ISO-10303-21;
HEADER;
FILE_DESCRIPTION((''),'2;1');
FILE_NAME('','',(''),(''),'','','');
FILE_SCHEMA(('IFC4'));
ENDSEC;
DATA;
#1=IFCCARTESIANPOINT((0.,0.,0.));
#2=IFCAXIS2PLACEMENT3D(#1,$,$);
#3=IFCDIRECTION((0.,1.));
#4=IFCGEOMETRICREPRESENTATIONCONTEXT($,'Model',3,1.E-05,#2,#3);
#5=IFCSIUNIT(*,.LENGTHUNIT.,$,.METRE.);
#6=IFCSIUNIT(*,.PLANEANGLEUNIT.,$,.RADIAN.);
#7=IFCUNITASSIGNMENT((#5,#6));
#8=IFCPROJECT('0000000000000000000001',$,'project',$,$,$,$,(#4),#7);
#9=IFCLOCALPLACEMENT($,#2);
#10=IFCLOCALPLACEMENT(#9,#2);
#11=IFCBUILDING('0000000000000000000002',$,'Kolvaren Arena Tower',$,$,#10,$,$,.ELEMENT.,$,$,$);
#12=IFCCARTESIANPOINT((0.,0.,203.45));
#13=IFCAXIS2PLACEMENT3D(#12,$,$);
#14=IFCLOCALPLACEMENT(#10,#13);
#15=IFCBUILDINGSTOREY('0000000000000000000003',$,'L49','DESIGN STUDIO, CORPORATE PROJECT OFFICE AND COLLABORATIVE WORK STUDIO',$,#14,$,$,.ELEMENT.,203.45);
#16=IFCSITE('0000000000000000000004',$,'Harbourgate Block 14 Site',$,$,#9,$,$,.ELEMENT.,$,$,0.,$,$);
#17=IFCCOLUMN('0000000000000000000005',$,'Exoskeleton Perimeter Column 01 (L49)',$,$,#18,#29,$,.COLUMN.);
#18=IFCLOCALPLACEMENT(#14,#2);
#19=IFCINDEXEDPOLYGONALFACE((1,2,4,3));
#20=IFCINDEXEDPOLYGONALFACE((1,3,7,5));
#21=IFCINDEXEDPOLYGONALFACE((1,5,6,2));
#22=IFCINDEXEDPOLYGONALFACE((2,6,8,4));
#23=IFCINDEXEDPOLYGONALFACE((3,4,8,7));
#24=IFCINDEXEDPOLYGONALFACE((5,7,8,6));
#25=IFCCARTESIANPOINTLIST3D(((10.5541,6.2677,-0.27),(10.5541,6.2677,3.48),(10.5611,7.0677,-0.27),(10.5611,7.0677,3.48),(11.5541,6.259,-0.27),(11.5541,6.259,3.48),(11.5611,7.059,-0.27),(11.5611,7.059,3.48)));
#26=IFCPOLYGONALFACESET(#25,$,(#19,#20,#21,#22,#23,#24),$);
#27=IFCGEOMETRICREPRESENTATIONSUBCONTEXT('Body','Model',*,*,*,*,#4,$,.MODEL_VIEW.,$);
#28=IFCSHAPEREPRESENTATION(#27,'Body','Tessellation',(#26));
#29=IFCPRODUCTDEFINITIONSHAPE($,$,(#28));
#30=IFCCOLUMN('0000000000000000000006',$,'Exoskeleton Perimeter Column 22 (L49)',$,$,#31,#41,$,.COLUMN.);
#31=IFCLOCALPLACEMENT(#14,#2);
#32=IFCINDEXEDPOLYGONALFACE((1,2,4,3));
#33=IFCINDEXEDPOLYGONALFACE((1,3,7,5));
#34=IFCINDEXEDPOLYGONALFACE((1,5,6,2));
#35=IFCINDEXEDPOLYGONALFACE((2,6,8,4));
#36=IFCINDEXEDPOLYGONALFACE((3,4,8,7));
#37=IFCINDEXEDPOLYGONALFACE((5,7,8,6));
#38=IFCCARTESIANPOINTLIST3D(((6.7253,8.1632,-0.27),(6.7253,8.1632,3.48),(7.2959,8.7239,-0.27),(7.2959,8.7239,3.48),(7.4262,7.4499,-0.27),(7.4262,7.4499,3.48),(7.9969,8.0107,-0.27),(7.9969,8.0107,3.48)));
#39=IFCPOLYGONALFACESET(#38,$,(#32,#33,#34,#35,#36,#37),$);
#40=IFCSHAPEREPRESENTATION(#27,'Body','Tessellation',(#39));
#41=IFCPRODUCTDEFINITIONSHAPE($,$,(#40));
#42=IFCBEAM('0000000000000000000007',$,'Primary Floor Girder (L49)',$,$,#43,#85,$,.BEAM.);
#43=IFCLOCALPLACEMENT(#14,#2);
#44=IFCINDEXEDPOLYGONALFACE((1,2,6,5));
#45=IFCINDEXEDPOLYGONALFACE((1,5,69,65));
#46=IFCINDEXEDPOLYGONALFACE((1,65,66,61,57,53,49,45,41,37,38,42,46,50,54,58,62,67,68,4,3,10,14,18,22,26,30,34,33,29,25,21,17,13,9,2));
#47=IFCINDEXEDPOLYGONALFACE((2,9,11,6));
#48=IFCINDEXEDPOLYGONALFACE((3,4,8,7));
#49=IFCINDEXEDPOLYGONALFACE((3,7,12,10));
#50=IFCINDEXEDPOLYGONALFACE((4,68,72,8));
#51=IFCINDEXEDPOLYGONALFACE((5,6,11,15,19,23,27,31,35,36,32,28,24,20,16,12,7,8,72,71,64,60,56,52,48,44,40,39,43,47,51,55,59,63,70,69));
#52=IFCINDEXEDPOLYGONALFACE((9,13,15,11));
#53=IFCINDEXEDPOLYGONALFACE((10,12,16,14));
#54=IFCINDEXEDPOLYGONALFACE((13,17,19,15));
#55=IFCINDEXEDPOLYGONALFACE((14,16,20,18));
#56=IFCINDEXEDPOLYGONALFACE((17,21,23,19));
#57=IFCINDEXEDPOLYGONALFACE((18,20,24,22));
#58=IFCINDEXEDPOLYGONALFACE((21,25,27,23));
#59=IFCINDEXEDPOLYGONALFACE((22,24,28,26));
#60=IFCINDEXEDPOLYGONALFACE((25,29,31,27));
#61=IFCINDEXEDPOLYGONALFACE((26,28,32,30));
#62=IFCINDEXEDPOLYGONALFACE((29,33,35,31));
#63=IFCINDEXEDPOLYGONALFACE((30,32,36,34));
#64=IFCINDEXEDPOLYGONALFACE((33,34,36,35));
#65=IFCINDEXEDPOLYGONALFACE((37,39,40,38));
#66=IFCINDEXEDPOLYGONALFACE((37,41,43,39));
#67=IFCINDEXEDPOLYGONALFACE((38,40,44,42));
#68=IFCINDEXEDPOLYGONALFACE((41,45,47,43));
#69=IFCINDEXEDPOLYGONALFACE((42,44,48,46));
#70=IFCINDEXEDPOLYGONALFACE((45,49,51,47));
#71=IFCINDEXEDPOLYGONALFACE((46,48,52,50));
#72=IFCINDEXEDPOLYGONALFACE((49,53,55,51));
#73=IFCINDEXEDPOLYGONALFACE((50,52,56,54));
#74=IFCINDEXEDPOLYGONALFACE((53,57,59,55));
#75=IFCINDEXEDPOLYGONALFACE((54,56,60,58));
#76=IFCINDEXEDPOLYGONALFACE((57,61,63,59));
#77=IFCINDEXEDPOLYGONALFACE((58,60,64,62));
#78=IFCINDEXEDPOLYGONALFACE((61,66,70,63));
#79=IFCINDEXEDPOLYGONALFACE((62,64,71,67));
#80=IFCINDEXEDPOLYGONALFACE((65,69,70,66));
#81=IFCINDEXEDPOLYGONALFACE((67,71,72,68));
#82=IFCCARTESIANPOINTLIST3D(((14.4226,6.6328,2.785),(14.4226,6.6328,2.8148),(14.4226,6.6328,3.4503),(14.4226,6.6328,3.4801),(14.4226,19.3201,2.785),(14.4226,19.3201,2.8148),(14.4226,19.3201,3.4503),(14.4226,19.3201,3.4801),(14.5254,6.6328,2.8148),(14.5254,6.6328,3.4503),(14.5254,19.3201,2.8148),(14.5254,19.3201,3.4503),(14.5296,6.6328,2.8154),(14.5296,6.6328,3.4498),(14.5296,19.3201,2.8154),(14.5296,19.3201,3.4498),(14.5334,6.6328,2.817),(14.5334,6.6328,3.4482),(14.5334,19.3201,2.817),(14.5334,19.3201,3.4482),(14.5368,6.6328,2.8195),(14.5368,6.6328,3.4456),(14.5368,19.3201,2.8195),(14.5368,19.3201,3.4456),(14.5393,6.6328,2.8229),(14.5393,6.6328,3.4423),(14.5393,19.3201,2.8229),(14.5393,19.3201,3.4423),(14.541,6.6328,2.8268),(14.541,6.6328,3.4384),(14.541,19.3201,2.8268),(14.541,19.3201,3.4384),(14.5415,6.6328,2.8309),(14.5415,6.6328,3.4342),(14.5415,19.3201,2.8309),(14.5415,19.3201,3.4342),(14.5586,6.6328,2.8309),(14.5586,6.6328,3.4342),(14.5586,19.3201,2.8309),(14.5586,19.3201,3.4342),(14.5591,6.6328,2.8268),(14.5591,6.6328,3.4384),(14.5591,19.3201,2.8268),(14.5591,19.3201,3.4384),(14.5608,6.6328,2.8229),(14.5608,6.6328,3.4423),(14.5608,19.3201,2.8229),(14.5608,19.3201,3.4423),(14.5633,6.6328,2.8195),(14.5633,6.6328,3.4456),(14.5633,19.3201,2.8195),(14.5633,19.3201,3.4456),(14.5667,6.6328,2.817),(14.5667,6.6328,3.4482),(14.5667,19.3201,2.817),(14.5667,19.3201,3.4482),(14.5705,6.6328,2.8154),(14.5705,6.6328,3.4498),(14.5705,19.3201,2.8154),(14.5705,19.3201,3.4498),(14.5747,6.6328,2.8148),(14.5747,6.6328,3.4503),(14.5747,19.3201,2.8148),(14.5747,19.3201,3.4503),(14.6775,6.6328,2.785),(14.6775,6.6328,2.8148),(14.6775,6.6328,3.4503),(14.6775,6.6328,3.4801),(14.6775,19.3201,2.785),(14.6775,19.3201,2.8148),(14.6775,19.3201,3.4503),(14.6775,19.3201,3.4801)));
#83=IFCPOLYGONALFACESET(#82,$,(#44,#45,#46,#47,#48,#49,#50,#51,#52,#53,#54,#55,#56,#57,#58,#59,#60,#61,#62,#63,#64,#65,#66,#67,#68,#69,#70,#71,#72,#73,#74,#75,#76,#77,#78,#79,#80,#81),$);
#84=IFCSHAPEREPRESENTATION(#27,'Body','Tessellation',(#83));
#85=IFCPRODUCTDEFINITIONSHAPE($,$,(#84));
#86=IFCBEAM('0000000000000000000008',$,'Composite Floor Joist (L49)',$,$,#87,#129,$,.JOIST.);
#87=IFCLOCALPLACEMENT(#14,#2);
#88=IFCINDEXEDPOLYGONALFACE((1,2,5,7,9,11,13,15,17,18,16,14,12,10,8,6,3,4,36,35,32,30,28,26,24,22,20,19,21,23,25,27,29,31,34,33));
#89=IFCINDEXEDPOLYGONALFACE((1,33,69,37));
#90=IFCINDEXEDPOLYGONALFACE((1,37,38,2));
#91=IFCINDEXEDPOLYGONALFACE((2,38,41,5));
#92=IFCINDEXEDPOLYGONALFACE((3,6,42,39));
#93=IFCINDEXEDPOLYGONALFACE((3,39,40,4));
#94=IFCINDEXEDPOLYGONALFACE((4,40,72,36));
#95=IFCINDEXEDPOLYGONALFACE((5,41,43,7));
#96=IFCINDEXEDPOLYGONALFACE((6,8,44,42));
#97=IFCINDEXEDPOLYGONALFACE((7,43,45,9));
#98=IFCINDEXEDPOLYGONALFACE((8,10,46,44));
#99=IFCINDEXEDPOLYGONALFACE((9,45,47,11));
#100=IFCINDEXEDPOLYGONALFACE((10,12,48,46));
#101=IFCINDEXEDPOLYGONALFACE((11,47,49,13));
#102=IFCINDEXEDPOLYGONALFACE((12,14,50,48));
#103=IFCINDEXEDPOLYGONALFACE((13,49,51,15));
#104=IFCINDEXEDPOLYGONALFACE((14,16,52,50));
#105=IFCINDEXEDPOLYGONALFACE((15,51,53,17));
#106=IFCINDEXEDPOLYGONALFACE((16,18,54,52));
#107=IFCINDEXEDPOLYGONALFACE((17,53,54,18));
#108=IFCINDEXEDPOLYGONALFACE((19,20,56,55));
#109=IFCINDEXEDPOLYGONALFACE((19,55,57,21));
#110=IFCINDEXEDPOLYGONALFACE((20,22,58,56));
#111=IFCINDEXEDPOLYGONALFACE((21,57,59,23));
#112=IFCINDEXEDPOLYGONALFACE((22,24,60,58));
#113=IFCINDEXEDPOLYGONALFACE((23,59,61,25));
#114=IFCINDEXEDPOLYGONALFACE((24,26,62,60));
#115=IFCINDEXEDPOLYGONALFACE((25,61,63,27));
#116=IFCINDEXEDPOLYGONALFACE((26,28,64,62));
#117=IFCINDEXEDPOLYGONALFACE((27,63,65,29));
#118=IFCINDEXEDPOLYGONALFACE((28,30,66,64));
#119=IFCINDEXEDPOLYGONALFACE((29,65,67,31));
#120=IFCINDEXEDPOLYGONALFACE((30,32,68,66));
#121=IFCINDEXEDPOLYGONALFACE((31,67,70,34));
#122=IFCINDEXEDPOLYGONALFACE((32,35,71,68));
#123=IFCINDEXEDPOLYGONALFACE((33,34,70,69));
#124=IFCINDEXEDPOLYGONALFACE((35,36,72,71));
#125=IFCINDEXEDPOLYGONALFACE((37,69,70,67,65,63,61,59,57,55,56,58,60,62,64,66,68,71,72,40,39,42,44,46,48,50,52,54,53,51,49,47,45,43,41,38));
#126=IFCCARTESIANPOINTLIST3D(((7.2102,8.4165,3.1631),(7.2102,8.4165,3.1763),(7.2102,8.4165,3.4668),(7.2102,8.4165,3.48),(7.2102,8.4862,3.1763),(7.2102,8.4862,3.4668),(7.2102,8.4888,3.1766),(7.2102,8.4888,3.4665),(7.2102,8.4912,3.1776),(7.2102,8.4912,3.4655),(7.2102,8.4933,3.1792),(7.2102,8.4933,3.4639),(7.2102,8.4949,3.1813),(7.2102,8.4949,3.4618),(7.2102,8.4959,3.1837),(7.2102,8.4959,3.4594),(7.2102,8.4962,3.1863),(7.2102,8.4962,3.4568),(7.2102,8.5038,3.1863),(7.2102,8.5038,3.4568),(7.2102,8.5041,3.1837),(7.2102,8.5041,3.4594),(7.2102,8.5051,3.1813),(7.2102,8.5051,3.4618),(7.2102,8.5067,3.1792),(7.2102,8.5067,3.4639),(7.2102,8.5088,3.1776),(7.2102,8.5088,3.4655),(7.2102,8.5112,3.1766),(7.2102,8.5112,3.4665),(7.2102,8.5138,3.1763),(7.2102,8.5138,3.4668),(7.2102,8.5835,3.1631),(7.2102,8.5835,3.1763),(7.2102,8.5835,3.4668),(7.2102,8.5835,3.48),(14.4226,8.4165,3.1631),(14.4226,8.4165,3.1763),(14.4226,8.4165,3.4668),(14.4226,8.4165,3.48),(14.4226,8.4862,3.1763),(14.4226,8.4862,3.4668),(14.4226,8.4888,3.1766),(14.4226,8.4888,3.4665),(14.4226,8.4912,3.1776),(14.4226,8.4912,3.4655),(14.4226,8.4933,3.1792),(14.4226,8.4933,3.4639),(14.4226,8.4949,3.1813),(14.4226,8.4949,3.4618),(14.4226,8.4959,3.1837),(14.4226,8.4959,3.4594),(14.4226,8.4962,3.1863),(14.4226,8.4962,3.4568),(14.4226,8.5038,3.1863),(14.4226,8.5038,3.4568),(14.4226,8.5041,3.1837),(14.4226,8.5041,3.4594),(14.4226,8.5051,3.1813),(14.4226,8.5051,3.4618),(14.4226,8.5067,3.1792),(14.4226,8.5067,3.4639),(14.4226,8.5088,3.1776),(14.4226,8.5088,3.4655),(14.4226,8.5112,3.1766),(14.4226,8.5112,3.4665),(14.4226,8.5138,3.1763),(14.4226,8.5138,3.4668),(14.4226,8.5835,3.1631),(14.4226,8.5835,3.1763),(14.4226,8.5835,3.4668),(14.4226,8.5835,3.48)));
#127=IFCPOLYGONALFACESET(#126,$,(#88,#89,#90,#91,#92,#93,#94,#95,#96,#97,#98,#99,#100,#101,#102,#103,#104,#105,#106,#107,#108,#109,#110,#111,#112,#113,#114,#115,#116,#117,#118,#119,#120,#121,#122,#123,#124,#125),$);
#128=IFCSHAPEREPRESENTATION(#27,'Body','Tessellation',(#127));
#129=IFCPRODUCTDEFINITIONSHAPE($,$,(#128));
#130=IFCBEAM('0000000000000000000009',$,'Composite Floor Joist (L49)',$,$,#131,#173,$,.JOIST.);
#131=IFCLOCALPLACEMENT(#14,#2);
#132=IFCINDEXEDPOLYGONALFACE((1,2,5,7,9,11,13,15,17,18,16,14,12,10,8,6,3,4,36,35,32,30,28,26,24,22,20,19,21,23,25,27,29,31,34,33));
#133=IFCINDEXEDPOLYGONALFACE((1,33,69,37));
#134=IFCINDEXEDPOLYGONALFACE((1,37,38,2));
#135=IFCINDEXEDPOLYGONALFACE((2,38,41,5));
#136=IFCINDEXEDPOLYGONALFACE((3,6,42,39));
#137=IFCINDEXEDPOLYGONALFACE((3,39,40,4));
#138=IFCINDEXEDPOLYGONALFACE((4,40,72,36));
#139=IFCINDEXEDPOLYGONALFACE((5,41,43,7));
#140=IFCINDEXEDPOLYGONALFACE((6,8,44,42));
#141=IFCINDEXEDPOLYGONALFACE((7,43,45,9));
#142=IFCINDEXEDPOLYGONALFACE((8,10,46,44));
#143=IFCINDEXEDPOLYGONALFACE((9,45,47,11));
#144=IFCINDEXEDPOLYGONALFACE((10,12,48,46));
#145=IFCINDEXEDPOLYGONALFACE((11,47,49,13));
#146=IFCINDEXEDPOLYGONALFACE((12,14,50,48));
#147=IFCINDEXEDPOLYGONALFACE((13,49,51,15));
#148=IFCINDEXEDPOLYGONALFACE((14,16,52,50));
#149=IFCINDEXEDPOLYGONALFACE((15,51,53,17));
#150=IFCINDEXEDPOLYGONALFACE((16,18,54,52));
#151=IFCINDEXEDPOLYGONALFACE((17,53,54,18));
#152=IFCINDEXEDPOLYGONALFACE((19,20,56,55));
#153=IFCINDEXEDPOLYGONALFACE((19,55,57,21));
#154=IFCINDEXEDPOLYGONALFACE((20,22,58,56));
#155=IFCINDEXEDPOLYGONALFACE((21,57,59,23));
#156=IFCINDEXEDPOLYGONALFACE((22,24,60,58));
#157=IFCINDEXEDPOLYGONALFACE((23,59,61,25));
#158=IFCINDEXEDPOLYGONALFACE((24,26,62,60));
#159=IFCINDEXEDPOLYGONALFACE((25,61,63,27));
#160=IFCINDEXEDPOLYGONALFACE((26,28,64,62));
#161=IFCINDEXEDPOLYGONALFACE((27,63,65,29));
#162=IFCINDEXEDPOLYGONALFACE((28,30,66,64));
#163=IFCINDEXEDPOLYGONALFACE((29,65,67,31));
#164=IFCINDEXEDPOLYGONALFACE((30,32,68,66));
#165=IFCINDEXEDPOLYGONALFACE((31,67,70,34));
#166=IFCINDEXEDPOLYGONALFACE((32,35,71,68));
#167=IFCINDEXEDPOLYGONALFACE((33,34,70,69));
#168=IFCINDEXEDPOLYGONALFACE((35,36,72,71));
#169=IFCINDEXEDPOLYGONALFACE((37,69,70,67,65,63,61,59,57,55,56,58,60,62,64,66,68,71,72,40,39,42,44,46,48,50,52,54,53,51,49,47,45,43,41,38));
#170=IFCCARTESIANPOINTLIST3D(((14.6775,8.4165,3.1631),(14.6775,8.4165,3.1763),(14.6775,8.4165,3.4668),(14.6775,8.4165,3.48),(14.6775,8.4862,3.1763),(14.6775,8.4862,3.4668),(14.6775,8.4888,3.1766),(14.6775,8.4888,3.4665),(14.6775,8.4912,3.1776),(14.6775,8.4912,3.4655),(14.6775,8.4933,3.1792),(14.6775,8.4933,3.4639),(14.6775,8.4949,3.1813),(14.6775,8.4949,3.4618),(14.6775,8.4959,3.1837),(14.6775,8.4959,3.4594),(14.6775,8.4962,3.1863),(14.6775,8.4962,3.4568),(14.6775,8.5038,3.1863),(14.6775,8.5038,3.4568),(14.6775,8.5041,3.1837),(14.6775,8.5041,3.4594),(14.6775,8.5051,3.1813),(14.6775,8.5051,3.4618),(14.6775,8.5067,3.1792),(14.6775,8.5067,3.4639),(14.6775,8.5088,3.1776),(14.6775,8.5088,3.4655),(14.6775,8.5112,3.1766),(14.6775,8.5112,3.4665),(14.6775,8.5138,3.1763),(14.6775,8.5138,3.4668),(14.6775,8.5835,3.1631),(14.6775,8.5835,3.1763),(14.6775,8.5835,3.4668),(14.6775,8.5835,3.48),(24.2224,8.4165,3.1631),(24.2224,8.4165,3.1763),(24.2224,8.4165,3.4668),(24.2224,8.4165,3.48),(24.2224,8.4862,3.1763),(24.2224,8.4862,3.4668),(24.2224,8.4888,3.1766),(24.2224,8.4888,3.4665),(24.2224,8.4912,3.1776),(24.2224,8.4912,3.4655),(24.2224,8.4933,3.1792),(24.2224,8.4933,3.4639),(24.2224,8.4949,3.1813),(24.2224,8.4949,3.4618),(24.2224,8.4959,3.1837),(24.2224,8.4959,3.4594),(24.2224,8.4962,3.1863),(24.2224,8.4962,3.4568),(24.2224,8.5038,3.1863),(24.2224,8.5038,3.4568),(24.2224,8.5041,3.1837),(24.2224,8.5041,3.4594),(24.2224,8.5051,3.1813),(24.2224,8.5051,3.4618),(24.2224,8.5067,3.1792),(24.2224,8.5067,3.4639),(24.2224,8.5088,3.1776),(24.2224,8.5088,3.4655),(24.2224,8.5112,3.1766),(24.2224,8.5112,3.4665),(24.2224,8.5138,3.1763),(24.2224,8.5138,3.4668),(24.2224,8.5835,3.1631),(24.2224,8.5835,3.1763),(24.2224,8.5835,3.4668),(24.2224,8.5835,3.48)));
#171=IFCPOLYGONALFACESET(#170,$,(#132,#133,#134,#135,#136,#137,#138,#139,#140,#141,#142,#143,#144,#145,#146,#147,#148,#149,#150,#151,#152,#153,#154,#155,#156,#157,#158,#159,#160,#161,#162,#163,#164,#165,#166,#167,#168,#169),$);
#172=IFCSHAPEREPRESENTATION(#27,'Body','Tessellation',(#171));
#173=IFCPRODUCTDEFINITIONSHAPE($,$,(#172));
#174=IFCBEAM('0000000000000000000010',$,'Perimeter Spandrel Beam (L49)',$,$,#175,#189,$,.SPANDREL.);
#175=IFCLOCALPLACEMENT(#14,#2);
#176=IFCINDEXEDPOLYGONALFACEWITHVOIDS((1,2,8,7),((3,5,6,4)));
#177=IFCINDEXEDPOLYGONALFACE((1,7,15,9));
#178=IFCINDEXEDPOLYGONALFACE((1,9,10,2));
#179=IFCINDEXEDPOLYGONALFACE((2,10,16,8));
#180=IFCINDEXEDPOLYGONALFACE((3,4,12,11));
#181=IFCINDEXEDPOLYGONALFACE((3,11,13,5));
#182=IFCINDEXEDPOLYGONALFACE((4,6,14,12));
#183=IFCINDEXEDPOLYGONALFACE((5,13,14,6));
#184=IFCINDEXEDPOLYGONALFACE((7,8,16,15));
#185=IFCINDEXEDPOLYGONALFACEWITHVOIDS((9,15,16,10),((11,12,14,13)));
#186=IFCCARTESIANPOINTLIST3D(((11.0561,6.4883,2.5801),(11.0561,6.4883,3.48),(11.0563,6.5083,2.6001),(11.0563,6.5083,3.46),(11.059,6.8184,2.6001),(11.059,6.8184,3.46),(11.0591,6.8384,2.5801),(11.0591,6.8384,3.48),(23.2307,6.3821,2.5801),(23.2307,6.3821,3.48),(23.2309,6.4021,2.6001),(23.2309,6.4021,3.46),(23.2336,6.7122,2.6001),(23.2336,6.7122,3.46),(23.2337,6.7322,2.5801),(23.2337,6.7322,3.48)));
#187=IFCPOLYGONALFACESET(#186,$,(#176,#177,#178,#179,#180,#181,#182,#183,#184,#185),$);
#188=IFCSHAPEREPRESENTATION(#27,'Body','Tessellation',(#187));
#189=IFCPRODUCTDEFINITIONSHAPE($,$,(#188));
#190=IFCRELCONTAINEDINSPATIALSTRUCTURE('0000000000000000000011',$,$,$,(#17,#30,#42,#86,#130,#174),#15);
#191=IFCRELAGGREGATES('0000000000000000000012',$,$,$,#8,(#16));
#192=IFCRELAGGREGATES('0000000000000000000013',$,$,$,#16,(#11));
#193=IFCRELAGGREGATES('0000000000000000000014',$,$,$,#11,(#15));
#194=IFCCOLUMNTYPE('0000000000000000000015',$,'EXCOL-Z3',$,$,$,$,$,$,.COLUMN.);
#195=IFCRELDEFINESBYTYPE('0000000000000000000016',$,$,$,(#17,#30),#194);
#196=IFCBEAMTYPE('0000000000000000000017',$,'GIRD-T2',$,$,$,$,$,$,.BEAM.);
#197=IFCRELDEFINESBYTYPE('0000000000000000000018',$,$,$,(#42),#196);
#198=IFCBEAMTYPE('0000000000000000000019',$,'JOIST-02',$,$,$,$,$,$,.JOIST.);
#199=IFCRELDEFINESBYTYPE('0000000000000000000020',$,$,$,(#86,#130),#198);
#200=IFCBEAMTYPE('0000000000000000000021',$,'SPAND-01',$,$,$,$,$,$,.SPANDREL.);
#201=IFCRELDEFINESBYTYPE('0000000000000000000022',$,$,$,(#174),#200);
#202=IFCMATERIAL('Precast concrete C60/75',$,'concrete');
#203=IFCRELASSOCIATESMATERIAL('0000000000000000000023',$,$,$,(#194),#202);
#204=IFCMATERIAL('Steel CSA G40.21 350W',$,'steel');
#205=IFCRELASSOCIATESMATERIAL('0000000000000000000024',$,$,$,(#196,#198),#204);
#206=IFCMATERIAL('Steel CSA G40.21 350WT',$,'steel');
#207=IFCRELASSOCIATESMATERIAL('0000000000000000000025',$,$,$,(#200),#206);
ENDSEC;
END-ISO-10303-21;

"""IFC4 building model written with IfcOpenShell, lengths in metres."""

from ifc_helpers import new_model, si_unit, direction, frame, origin, origin_2d, place, context, subcontext, project, spatial, rectangle, hollow_rectangle, i_section, extrude, material, material_profile, profile_set, type_object, element, save


model = new_model("IFC4")

# Units and contexts
model_context = context("Model", 3, precision=1e-05, world=origin(), true_north=direction((0.0, 1.0)))
body_context = subcontext(model_context, "Body", "Model", "MODEL_VIEW")
ifc_project = project(units=[si_unit("LENGTHUNIT", "METRE"), si_unit("PLANEANGLEUNIT", "RADIAN")], contexts=[model_context])

# Site, building, storey
site_placement = place(None, origin())
site = spatial("IfcSite", under=ifc_project, at=site_placement, Name="Harbourgate Block 14 Site", CompositionType="ELEMENT", RefElevation=0.0)
building_placement = place(site_placement, origin())
building = spatial("IfcBuilding", under=site, at=building_placement, Name="Kolvaren Arena Tower", CompositionType="ELEMENT")
storey_placement = place(building_placement, frame((0.0, 0.0, 203.45)))
storey = spatial("IfcBuildingStorey", under=building, at=storey_placement, Name="L49", Description="DESIGN STUDIO, CORPORATE PROJECT OFFICE AND COLLABORATIVE WORK STUDIO", CompositionType="ELEMENT", Elevation=203.45)

# Columns
ifc_material_1 = material(Name="Precast concrete C60/75", Category="concrete")
ifc_material_profile_1 = material_profile(ifc_material_1, rectangle(XDim=1.0, YDim=0.8, at=origin_2d()), Name="RC-1000x800")
ifc_profile_set_1 = profile_set([ifc_material_profile_1], Name="Precast concrete C60/75")
column_type = type_object("IfcColumnType", Name="EXCOL-Z3", PredefinedType="COLUMN", material=ifc_profile_set_1)
for number, where, z_axis, x_axis, name in (
    (1, (11.0576, 6.6633, -0.27), (0.0, 0.0, 1.0), (0.999962, -0.008727, 0.0), "Exoskeleton Perimeter Column 01 (L49)"),
    (2, (7.3611, 8.0869, -0.27), (0.0, 0.0, 1.0), (-0.700909, 0.71325, 0.0), "Exoskeleton Perimeter Column 22 (L49)"),
):
    element("IfcColumn", number, at=place(storey_placement, frame(where, z_axis=z_axis, x_axis=x_axis)), inside=storey, type_object=column_type, Name=name, PredefinedType="COLUMN", context=body_context, shape_type="SweptSolid", body=[
        extrude(rectangle(XDim=1.0, YDim=0.8, at=origin_2d()), origin(), (0.0, 0.0, 1.0), 3.75),
    ])

# Beams
ifc_material_2 = material(Name="Steel CSA G40.21 350W", Category="steel")
ifc_material_profile_2 = material_profile(ifc_material_2, i_section(OverallWidth=0.2549, OverallDepth=0.6951, WebThickness=0.0171, FlangeThickness=0.0298, FilletRadius=0.0161, at=origin_2d()), Name="W690x217")
ifc_profile_set_2 = profile_set([ifc_material_profile_2], Name="Steel CSA G40.21 350W")
beam_type_1 = type_object("IfcBeamType", Name="GIRD-T2", PredefinedType="BEAM", material=ifc_profile_set_2)
beam_1_placement = place(storey_placement, frame((14.55, 6.6328, 3.1326), z_axis=(0.0, 1.0, 0.0), x_axis=(-1.0, 0.0, 0.0)))
element("IfcBeam", 3, at=beam_1_placement, inside=storey, type_object=beam_type_1, Name="Primary Floor Girder (L49)", PredefinedType="BEAM", context=body_context, shape_type="SweptSolid", body=[
    extrude(i_section(OverallWidth=0.2549, OverallDepth=0.6951, WebThickness=0.0171, FlangeThickness=0.0298, FilletRadius=0.0161, at=origin_2d()), origin(), (0.0, 0.0, 1.0), 12.6873),
])
ifc_material_profile_3 = material_profile(ifc_material_2, i_section(OverallWidth=0.167, OverallDepth=0.3169, WebThickness=0.0076, FlangeThickness=0.0132, FilletRadius=0.01, at=origin_2d()), Name="W310x52")
ifc_profile_set_3 = profile_set([ifc_material_profile_3], Name="Steel CSA G40.21 350W")
beam_type_2 = type_object("IfcBeamType", Name="JOIST-02", PredefinedType="JOIST", material=ifc_profile_set_3)
beam_2_placement = place(storey_placement, frame((7.2102, 8.5, 3.3215), z_axis=(1.0, 0.0, 0.0), x_axis=(0.0, 1.0, 0.0)))
element("IfcBeam", 4, at=beam_2_placement, inside=storey, type_object=beam_type_2, Name="Composite Floor Joist (L49)", PredefinedType="JOIST", context=body_context, shape_type="SweptSolid", body=[
    extrude(i_section(OverallWidth=0.167, OverallDepth=0.3169, WebThickness=0.0076, FlangeThickness=0.0132, FilletRadius=0.01, at=origin_2d()), origin(), (0.0, 0.0, 1.0), 7.2124),
])
beam_3_placement = place(storey_placement, frame((14.6775, 8.5, 3.3215), z_axis=(1.0, 0.0, 0.0), x_axis=(0.0, 1.0, 0.0)))
element("IfcBeam", 5, at=beam_3_placement, inside=storey, type_object=beam_type_2, Name="Composite Floor Joist (L49)", PredefinedType="JOIST", context=body_context, shape_type="SweptSolid", body=[
    extrude(i_section(OverallWidth=0.167, OverallDepth=0.3169, WebThickness=0.0076, FlangeThickness=0.0132, FilletRadius=0.01, at=origin_2d()), origin(), (0.0, 0.0, 1.0), 9.5449),
])
ifc_material_3 = material(Name="Steel CSA G40.21 350WT", Category="steel")
ifc_material_profile_4 = material_profile(ifc_material_3, hollow_rectangle(XDim=0.3501, YDim=0.8999, WallThickness=0.02, at=origin_2d()), Name="HSS 900x350x20")
ifc_profile_set_4 = profile_set([ifc_material_profile_4], Name="Steel CSA G40.21 350WT")
beam_type_3 = type_object("IfcBeamType", Name="SPAND-01", PredefinedType="SPANDREL", material=ifc_profile_set_4)
beam_4_placement = place(storey_placement, frame((11.0576, 6.6633, 3.03), z_axis=(0.999962, -0.008723, 0.0), x_axis=(0.008723, 0.999962, 0.0)))
element("IfcBeam", 6, at=beam_4_placement, inside=storey, type_object=beam_type_3, Name="Perimeter Spandrel Beam (L49)", PredefinedType="SPANDREL", context=body_context, shape_type="SweptSolid", body=[
    extrude(hollow_rectangle(XDim=0.3501, YDim=0.8999, WallThickness=0.02, at=origin_2d()), origin(), (0.0, 0.0, 1.0), 12.175),
])

save(model, "model.ifc")
